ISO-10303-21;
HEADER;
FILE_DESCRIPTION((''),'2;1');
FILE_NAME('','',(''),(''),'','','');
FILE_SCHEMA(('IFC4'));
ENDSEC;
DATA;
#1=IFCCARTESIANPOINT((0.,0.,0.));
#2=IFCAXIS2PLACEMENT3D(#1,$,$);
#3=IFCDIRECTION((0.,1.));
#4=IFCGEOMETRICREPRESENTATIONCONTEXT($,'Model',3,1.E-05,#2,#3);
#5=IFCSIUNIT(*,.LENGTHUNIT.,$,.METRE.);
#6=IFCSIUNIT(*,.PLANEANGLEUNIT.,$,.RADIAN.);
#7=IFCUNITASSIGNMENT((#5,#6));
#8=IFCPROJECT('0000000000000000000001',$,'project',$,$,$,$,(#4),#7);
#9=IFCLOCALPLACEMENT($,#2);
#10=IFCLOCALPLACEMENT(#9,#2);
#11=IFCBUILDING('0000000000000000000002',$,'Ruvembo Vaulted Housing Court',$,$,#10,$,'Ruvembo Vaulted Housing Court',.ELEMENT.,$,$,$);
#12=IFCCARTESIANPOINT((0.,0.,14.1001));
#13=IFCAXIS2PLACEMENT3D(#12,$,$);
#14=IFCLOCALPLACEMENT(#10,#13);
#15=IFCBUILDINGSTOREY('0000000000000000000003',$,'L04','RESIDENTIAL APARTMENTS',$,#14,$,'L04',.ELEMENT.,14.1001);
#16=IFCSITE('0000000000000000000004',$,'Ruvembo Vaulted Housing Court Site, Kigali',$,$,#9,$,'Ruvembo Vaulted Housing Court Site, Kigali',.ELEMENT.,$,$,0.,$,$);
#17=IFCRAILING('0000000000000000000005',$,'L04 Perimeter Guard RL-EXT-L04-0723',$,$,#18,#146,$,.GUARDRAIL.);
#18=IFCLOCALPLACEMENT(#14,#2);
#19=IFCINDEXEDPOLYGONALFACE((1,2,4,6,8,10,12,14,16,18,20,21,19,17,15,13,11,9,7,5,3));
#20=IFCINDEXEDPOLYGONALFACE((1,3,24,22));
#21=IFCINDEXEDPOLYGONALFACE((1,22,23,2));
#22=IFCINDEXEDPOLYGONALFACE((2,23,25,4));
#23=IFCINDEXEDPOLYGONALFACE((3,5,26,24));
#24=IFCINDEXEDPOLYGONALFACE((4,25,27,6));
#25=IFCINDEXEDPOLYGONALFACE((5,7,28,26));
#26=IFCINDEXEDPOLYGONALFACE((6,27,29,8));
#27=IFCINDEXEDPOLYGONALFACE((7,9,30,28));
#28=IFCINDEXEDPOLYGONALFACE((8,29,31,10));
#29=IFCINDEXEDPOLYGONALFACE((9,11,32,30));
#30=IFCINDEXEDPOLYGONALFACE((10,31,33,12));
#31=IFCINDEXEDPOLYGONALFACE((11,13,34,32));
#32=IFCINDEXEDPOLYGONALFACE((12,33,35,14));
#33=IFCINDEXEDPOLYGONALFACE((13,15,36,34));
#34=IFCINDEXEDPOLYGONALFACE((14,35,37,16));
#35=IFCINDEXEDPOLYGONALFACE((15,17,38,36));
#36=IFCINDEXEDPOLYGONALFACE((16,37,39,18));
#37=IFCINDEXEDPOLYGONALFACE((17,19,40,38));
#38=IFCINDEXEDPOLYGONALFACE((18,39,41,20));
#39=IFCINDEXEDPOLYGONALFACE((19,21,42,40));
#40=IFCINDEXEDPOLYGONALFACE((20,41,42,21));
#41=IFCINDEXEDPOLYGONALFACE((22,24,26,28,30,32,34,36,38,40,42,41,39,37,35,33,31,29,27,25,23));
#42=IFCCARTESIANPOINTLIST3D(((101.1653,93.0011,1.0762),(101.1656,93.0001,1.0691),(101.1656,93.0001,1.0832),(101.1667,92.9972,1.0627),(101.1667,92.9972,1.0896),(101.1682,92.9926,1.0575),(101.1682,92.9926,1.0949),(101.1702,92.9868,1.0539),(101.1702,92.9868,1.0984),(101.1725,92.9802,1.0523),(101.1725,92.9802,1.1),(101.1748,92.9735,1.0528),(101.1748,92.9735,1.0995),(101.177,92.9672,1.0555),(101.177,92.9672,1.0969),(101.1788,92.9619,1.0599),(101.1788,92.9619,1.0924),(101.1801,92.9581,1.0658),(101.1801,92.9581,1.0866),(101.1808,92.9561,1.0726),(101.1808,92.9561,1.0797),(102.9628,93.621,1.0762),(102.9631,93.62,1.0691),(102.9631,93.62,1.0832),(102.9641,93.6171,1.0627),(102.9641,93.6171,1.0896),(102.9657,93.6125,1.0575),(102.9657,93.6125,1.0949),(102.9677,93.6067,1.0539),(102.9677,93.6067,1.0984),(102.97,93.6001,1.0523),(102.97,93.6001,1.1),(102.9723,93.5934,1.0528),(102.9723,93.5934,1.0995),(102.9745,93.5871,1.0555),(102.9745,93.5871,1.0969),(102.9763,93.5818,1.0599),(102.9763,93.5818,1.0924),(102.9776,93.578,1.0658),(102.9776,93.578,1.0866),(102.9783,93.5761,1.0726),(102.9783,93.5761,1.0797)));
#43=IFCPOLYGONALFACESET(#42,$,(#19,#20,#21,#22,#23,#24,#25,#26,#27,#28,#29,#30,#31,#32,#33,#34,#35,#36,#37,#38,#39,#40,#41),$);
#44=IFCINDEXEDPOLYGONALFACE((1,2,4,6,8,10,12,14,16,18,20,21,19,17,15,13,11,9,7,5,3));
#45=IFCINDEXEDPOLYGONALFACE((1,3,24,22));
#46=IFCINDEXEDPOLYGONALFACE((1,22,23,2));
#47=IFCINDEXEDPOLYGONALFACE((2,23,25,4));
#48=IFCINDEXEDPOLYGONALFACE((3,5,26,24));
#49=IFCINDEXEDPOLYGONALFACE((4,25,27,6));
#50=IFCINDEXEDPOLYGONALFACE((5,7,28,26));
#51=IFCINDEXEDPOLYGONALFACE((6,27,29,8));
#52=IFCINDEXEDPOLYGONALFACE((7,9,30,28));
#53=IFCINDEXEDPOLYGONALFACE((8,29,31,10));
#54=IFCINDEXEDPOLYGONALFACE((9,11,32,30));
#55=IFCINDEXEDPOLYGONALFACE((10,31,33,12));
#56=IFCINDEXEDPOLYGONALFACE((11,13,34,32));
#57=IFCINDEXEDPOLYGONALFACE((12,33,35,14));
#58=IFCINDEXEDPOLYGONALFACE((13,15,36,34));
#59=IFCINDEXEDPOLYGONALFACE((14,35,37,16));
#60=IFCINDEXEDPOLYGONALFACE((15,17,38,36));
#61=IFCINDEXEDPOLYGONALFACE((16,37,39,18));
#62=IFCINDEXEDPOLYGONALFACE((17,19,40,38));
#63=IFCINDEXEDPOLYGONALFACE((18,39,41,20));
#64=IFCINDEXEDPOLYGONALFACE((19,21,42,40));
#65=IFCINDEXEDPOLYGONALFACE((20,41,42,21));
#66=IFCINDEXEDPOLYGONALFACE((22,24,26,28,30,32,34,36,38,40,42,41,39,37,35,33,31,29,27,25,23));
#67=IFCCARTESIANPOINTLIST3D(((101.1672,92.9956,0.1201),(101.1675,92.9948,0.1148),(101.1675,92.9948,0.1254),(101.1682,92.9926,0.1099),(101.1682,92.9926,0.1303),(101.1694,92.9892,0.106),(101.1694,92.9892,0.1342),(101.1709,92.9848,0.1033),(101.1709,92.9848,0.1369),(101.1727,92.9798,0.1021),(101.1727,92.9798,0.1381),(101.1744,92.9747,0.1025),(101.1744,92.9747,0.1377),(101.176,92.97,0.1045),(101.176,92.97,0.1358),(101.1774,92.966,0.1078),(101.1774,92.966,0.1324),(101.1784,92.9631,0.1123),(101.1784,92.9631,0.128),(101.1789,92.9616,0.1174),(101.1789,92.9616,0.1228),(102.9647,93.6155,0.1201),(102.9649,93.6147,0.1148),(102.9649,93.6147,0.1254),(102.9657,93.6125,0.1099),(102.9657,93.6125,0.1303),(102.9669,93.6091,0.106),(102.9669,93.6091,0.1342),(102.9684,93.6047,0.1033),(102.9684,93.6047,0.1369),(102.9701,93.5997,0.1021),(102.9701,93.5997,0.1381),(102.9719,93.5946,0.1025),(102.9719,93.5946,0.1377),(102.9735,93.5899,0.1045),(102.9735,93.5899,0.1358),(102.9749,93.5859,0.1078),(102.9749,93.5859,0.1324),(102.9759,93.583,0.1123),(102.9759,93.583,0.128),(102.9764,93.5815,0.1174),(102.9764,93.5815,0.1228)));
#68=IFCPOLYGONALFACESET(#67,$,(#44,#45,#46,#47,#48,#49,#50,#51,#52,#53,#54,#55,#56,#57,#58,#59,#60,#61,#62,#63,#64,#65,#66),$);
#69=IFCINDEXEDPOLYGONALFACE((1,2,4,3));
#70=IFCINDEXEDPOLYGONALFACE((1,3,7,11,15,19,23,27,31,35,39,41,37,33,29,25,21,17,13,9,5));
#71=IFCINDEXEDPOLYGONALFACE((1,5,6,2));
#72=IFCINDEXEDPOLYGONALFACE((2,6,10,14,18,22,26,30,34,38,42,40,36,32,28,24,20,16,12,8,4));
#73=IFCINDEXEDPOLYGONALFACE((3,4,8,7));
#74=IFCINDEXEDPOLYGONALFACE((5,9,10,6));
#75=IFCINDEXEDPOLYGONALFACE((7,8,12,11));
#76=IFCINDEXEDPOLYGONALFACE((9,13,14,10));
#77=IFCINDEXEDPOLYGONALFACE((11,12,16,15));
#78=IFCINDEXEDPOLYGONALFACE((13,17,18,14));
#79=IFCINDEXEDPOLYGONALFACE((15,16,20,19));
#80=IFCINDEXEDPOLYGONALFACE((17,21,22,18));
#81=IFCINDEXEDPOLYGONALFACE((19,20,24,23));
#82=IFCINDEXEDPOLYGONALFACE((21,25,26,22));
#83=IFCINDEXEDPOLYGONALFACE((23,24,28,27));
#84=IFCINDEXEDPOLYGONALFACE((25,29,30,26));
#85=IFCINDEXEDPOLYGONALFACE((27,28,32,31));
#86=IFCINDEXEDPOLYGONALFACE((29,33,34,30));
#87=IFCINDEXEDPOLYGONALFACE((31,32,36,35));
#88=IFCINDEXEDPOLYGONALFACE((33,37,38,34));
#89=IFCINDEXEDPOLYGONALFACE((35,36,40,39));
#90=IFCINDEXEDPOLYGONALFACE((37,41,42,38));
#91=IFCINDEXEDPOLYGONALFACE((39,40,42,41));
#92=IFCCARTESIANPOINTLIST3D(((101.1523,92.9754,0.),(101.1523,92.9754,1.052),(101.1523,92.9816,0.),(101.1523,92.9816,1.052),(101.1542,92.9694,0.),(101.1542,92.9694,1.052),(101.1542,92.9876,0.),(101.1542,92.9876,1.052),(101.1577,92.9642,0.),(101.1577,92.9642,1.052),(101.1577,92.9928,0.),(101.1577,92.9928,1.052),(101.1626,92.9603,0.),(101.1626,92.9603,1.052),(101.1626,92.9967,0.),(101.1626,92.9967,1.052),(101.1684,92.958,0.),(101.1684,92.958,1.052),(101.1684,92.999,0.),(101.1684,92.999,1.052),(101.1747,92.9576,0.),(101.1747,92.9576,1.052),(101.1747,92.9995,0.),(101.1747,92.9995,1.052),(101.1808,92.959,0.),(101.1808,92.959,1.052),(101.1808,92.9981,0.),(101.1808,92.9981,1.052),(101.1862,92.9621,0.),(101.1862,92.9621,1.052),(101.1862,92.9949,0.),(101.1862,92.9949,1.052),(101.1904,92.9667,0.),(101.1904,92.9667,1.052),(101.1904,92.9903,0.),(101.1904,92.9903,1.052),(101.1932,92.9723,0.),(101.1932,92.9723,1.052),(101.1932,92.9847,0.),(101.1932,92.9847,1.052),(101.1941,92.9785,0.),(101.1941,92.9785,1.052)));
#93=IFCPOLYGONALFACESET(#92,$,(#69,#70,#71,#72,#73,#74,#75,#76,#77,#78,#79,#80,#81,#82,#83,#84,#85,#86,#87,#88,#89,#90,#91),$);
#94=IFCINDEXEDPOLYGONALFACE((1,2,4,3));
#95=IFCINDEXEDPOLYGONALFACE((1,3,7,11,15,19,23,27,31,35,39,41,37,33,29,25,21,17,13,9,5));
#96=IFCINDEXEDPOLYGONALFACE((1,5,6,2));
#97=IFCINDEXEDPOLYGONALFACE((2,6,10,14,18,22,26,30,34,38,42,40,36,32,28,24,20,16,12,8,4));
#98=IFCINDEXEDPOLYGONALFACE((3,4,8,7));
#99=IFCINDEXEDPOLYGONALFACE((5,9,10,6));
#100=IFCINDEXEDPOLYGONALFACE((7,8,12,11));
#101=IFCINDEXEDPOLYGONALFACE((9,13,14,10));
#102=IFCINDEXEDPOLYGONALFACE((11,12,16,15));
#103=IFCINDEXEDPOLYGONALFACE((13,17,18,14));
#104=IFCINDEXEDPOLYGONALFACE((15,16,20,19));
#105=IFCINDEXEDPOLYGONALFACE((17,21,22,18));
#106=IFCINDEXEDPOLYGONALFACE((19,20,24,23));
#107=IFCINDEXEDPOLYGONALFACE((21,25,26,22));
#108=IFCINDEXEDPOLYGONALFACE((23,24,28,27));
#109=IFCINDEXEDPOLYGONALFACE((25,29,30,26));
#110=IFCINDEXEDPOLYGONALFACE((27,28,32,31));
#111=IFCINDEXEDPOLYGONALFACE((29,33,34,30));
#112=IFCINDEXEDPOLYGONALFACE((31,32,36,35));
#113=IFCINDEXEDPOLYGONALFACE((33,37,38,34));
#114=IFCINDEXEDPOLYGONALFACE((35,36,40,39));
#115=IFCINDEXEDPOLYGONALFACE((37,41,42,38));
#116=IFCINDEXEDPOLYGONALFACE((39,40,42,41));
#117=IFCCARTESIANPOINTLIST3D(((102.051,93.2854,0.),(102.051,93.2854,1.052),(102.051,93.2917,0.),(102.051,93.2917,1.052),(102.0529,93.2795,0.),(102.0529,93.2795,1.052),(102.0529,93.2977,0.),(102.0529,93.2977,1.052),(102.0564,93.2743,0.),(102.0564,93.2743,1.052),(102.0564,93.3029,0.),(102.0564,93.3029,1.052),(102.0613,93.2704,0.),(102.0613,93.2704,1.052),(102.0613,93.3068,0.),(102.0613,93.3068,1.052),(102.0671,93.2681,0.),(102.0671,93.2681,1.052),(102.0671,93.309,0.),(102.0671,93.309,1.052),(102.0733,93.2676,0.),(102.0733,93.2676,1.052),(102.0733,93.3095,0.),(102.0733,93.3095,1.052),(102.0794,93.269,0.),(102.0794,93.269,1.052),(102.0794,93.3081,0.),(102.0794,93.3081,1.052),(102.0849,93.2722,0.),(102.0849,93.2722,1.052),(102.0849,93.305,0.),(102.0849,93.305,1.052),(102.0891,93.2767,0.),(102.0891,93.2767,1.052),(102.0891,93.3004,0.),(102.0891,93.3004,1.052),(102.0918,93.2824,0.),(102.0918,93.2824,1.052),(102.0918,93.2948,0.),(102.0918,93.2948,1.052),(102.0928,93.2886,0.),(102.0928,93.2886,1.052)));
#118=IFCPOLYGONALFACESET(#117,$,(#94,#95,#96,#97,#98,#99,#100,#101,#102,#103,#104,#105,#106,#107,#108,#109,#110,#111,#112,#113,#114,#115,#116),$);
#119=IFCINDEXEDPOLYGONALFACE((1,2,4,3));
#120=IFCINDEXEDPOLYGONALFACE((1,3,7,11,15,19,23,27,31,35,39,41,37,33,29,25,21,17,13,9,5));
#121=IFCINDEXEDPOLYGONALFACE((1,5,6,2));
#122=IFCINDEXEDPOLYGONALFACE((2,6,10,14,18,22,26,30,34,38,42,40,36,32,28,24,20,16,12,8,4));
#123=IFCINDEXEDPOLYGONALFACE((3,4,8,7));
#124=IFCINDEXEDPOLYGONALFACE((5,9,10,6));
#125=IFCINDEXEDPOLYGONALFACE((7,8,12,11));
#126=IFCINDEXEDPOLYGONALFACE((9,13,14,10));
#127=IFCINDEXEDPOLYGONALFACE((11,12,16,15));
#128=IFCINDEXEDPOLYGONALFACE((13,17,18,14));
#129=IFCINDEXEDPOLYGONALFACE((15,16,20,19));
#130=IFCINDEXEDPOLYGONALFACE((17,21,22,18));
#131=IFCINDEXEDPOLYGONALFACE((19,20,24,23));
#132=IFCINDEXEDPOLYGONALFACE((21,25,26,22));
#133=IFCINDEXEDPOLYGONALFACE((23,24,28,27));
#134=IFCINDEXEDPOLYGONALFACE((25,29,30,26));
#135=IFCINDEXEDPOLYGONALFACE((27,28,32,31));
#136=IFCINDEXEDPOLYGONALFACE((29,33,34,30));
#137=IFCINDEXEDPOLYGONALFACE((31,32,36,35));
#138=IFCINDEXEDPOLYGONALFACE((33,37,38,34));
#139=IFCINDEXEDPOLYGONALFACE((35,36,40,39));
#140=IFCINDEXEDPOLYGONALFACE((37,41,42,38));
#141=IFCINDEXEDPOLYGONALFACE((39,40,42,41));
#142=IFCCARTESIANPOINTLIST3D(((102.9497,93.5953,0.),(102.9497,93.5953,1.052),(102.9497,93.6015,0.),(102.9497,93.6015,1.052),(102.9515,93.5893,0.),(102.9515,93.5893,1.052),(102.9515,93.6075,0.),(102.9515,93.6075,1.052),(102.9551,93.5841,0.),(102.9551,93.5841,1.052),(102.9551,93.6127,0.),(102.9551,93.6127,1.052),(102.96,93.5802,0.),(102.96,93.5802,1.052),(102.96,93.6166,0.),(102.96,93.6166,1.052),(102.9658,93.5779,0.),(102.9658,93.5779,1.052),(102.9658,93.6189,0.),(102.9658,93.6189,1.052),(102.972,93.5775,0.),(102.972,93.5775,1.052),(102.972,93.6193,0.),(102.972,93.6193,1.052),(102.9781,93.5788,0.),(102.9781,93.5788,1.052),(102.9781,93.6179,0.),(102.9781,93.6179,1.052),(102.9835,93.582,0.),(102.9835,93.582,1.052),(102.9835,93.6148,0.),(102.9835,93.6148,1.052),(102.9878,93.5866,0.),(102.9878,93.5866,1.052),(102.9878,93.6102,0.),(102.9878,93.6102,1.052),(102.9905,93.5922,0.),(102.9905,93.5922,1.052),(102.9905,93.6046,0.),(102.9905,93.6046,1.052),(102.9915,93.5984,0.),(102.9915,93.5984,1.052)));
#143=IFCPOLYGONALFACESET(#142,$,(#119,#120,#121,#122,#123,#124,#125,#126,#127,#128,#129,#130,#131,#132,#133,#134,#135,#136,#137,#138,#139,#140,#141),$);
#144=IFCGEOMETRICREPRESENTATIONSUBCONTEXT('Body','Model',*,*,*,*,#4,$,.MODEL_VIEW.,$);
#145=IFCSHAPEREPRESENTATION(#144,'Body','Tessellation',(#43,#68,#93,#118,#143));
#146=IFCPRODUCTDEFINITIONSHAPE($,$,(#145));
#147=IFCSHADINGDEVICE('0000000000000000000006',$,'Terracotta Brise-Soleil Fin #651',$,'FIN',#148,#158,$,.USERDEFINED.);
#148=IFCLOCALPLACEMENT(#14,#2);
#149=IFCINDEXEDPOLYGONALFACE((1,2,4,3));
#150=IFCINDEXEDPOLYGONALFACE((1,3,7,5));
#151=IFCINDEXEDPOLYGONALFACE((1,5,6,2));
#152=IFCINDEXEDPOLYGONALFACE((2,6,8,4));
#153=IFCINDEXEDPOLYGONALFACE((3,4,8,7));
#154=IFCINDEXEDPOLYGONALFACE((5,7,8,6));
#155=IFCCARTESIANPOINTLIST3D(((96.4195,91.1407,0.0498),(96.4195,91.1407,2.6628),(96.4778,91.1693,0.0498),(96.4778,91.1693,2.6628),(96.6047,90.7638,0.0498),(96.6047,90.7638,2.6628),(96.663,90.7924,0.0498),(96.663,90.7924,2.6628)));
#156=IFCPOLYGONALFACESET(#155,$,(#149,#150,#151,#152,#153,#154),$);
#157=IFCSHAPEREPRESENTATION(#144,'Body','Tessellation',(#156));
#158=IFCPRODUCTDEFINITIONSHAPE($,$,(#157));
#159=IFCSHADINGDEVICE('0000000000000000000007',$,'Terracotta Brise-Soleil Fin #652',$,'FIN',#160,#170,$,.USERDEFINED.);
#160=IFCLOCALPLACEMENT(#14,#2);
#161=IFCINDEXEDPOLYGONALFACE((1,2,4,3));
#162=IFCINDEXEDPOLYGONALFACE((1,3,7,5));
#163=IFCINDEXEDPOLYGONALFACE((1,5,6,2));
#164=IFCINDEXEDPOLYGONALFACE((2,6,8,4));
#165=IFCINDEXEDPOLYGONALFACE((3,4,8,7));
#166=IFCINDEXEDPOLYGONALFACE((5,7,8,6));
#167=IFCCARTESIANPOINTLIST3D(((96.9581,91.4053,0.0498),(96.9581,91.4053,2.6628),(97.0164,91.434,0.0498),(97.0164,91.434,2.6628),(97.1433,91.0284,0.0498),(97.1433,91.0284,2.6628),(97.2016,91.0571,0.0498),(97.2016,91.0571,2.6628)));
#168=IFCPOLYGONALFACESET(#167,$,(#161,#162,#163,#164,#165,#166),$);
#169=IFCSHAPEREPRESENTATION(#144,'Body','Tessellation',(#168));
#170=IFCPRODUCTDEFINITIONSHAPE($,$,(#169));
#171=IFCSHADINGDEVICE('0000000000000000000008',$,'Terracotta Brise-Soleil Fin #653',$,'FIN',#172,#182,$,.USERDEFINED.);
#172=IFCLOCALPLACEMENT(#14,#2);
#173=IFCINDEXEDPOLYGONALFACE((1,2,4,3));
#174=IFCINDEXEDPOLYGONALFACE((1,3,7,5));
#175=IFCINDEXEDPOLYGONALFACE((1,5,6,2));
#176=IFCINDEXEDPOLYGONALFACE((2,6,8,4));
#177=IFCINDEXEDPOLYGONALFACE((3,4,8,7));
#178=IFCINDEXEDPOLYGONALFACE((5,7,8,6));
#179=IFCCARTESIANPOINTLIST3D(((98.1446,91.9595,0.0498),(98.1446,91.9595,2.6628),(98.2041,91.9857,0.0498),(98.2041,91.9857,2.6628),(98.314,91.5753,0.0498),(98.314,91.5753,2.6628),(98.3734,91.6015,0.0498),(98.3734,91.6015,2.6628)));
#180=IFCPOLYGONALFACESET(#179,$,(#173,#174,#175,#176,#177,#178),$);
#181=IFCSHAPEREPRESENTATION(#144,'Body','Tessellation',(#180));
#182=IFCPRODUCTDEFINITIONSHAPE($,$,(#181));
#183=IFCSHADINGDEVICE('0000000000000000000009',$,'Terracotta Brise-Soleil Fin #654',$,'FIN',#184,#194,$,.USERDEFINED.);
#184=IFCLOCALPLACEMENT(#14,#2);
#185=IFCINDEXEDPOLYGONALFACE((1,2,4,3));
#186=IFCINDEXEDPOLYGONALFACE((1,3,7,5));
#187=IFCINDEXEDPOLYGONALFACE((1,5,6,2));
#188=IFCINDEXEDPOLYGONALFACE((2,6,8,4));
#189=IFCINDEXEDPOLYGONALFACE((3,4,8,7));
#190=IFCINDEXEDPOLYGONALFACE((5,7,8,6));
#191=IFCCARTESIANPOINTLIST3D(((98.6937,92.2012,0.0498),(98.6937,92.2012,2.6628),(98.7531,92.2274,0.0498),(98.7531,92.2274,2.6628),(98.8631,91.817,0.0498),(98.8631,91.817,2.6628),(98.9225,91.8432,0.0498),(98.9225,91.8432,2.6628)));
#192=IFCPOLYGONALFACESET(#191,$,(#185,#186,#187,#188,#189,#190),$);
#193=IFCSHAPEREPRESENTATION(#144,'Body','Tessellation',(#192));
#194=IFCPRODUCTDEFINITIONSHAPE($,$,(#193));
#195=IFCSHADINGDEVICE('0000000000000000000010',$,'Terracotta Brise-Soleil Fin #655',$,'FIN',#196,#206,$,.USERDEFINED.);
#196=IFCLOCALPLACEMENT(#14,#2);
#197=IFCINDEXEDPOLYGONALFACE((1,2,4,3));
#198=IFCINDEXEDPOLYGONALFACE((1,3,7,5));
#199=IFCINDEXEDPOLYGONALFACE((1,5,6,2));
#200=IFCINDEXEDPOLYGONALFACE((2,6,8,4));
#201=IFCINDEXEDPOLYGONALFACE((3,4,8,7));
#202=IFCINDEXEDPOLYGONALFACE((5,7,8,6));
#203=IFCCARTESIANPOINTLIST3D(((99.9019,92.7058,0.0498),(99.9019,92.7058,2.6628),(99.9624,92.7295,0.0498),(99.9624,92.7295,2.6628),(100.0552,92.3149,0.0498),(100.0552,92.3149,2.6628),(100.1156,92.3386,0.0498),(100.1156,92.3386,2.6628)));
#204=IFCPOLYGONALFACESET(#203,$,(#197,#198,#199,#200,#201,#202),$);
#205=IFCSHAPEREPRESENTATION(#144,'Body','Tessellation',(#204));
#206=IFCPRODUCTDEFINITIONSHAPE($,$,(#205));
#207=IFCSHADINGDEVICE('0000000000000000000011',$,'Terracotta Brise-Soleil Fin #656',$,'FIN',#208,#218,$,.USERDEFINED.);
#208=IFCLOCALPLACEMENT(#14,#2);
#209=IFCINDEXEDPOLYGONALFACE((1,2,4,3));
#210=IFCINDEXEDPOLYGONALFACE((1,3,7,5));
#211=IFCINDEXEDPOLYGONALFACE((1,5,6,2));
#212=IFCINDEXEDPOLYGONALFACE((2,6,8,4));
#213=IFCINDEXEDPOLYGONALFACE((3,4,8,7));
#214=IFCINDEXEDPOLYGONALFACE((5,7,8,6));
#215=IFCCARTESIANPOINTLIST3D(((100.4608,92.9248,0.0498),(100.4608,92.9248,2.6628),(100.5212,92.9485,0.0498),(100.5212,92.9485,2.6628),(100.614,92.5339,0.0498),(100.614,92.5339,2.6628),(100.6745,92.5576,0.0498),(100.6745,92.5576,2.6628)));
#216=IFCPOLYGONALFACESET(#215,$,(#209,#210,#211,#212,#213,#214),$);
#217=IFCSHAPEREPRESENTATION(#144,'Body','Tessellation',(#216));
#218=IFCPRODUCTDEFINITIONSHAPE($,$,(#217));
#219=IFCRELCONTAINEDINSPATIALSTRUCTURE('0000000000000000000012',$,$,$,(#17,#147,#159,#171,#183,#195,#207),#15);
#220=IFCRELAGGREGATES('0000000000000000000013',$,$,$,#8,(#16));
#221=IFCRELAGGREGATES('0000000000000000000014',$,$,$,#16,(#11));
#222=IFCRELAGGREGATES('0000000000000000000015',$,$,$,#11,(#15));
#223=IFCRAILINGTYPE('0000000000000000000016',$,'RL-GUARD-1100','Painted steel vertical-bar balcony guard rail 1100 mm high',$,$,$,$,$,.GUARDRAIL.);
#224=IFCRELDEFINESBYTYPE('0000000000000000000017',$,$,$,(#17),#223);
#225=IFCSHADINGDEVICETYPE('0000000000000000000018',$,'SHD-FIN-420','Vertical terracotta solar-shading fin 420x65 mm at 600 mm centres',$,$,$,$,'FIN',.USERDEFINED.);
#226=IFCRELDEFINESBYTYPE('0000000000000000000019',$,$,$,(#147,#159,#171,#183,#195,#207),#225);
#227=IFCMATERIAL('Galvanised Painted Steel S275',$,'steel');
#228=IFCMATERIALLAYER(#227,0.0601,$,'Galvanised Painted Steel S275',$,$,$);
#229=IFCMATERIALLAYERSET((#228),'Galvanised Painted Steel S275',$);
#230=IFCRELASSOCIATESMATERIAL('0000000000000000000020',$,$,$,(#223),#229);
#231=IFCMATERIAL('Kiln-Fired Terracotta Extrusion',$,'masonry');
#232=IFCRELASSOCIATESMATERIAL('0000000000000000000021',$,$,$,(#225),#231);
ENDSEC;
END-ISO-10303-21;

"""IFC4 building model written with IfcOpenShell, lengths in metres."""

from ifc_helpers import new_model, si_unit, direction, frame, origin, origin_2d, place, context, subcontext, project, spatial, rectangle, circle, extrude, material, layer, layer_set, type_object, element, save


model = new_model("IFC4")

# Units and contexts
model_context = context("Model", 3, precision=1e-05, world=origin(), true_north=direction((0.0, 1.0)))
body_context = subcontext(model_context, "Body", "Model", "MODEL_VIEW")
ifc_project = project(units=[si_unit("LENGTHUNIT", "METRE"), si_unit("PLANEANGLEUNIT", "RADIAN")], contexts=[model_context])

# Site, building, storey
site_placement = place(None, origin())
site = spatial("IfcSite", under=ifc_project, at=site_placement, Name="Ruvembo Vaulted Housing Court Site, Kigali", LongName="Ruvembo Vaulted Housing Court Site, Kigali", CompositionType="ELEMENT", RefElevation=0.0)
building_placement = place(site_placement, origin())
building = spatial("IfcBuilding", under=site, at=building_placement, Name="Ruvembo Vaulted Housing Court", LongName="Ruvembo Vaulted Housing Court", CompositionType="ELEMENT")
storey_placement = place(building_placement, frame((0.0, 0.0, 14.1001)))
storey = spatial("IfcBuildingStorey", under=building, at=storey_placement, Name="L04", Description="RESIDENTIAL APARTMENTS", LongName="L04", CompositionType="ELEMENT", Elevation=14.1001)

# Railing
ifc_material_1 = material(Name="Galvanised Painted Steel S275", Category="steel")
ifc_layer_1 = layer(ifc_material_1, 0.0601, Name="Galvanised Painted Steel S275")
ifc_layer_set_1 = layer_set([ifc_layer_1], Name="Galvanised Painted Steel S275")
railing_type = type_object("IfcRailingType", Name="RL-GUARD-1100", Description="Painted steel vertical-bar balcony guard rail 1100 mm high", PredefinedType="GUARDRAIL", material=ifc_layer_set_1)
railing_1_placement = place(storey_placement, frame((101.1731, 92.9785, 0.0)))
element("IfcRailing", 1, at=railing_1_placement, inside=storey, type_object=railing_type, Name="L04 Perimeter Guard RL-EXT-L04-0723", PredefinedType="GUARDRAIL", context=body_context, shape_type="SweptSolid", body=[
    extrude(circle(Radius=0.0239, at=origin_2d()), frame((0.0, 0.0, 1.0762), z_axis=(0.945358, 0.326034, 0.0), x_axis=(-0.326034, 0.945358, 0.0)), (0.0, 0.0, 1.0), 1.9014),
    extrude(circle(Radius=0.0181, at=origin_2d()), frame((0.0, 0.0, 0.1201), z_axis=(0.945358, 0.326034, 0.0), x_axis=(-0.326034, 0.945358, 0.0)), (0.0, 0.0, 1.0), 1.9014),
    extrude(circle(Radius=0.021, at=origin_2d()), origin(), (0.0, 0.0, 1.0), 1.052),
    extrude(circle(Radius=0.021, at=origin_2d()), frame((0.8987, 0.3101, 0.0)), (0.0, 0.0, 1.0), 1.052),
    extrude(circle(Radius=0.021, at=origin_2d()), frame((1.7974, 0.6199, 0.0)), (0.0, 0.0, 1.0), 1.052),
])

# Shading devices
ifc_material_2 = material(Name="Kiln-Fired Terracotta Extrusion", Category="masonry")
shading_device_type = type_object("IfcShadingDeviceType", Name="SHD-FIN-420", Description="Vertical terracotta solar-shading fin 420x65 mm at 600 mm centres", ElementType="FIN", PredefinedType="USERDEFINED", material=ifc_material_2)
for number, where, z_axis, x_axis, name in (
    (2, (96.5413, 90.9666, 0.0498), (0.0, 0.0, 1.0), (0.440911, -0.897551, 0.0), "Terracotta Brise-Soleil Fin #651"),
    (3, (97.0798, 91.2312, 0.0498), (0.0, 0.0, 1.0), (0.440911, -0.897551, 0.0), "Terracotta Brise-Soleil Fin #652"),
    (4, (98.259, 91.7805, 0.0498), (0.0, 0.0, 1.0), (0.403306, -0.915065, 0.0), "Terracotta Brise-Soleil Fin #653"),
    (5, (98.8081, 92.0222, 0.0498), (0.0, 0.0, 1.0), (0.403306, -0.915065, 0.0), "Terracotta Brise-Soleil Fin #654"),
    (6, (100.0088, 92.5222, 0.0498), (0.0, 0.0, 1.0), (0.364958, -0.931024, 0.0), "Terracotta Brise-Soleil Fin #655"),
    (7, (100.5676, 92.7412, 0.0498), (0.0, 0.0, 1.0), (0.364958, -0.931024, 0.0), "Terracotta Brise-Soleil Fin #656"),
):
    element("IfcShadingDevice", number, at=place(storey_placement, frame(where, z_axis=z_axis, x_axis=x_axis)), inside=storey, type_object=shading_device_type, Name=name, ObjectType="FIN", PredefinedType="USERDEFINED", context=body_context, shape_type="SweptSolid", body=[
        extrude(rectangle(XDim=0.4199, YDim=0.0649, at=origin_2d()), origin(), (0.0, 0.0, 1.0), 2.613),
    ])

save(model, "model.ifc")
